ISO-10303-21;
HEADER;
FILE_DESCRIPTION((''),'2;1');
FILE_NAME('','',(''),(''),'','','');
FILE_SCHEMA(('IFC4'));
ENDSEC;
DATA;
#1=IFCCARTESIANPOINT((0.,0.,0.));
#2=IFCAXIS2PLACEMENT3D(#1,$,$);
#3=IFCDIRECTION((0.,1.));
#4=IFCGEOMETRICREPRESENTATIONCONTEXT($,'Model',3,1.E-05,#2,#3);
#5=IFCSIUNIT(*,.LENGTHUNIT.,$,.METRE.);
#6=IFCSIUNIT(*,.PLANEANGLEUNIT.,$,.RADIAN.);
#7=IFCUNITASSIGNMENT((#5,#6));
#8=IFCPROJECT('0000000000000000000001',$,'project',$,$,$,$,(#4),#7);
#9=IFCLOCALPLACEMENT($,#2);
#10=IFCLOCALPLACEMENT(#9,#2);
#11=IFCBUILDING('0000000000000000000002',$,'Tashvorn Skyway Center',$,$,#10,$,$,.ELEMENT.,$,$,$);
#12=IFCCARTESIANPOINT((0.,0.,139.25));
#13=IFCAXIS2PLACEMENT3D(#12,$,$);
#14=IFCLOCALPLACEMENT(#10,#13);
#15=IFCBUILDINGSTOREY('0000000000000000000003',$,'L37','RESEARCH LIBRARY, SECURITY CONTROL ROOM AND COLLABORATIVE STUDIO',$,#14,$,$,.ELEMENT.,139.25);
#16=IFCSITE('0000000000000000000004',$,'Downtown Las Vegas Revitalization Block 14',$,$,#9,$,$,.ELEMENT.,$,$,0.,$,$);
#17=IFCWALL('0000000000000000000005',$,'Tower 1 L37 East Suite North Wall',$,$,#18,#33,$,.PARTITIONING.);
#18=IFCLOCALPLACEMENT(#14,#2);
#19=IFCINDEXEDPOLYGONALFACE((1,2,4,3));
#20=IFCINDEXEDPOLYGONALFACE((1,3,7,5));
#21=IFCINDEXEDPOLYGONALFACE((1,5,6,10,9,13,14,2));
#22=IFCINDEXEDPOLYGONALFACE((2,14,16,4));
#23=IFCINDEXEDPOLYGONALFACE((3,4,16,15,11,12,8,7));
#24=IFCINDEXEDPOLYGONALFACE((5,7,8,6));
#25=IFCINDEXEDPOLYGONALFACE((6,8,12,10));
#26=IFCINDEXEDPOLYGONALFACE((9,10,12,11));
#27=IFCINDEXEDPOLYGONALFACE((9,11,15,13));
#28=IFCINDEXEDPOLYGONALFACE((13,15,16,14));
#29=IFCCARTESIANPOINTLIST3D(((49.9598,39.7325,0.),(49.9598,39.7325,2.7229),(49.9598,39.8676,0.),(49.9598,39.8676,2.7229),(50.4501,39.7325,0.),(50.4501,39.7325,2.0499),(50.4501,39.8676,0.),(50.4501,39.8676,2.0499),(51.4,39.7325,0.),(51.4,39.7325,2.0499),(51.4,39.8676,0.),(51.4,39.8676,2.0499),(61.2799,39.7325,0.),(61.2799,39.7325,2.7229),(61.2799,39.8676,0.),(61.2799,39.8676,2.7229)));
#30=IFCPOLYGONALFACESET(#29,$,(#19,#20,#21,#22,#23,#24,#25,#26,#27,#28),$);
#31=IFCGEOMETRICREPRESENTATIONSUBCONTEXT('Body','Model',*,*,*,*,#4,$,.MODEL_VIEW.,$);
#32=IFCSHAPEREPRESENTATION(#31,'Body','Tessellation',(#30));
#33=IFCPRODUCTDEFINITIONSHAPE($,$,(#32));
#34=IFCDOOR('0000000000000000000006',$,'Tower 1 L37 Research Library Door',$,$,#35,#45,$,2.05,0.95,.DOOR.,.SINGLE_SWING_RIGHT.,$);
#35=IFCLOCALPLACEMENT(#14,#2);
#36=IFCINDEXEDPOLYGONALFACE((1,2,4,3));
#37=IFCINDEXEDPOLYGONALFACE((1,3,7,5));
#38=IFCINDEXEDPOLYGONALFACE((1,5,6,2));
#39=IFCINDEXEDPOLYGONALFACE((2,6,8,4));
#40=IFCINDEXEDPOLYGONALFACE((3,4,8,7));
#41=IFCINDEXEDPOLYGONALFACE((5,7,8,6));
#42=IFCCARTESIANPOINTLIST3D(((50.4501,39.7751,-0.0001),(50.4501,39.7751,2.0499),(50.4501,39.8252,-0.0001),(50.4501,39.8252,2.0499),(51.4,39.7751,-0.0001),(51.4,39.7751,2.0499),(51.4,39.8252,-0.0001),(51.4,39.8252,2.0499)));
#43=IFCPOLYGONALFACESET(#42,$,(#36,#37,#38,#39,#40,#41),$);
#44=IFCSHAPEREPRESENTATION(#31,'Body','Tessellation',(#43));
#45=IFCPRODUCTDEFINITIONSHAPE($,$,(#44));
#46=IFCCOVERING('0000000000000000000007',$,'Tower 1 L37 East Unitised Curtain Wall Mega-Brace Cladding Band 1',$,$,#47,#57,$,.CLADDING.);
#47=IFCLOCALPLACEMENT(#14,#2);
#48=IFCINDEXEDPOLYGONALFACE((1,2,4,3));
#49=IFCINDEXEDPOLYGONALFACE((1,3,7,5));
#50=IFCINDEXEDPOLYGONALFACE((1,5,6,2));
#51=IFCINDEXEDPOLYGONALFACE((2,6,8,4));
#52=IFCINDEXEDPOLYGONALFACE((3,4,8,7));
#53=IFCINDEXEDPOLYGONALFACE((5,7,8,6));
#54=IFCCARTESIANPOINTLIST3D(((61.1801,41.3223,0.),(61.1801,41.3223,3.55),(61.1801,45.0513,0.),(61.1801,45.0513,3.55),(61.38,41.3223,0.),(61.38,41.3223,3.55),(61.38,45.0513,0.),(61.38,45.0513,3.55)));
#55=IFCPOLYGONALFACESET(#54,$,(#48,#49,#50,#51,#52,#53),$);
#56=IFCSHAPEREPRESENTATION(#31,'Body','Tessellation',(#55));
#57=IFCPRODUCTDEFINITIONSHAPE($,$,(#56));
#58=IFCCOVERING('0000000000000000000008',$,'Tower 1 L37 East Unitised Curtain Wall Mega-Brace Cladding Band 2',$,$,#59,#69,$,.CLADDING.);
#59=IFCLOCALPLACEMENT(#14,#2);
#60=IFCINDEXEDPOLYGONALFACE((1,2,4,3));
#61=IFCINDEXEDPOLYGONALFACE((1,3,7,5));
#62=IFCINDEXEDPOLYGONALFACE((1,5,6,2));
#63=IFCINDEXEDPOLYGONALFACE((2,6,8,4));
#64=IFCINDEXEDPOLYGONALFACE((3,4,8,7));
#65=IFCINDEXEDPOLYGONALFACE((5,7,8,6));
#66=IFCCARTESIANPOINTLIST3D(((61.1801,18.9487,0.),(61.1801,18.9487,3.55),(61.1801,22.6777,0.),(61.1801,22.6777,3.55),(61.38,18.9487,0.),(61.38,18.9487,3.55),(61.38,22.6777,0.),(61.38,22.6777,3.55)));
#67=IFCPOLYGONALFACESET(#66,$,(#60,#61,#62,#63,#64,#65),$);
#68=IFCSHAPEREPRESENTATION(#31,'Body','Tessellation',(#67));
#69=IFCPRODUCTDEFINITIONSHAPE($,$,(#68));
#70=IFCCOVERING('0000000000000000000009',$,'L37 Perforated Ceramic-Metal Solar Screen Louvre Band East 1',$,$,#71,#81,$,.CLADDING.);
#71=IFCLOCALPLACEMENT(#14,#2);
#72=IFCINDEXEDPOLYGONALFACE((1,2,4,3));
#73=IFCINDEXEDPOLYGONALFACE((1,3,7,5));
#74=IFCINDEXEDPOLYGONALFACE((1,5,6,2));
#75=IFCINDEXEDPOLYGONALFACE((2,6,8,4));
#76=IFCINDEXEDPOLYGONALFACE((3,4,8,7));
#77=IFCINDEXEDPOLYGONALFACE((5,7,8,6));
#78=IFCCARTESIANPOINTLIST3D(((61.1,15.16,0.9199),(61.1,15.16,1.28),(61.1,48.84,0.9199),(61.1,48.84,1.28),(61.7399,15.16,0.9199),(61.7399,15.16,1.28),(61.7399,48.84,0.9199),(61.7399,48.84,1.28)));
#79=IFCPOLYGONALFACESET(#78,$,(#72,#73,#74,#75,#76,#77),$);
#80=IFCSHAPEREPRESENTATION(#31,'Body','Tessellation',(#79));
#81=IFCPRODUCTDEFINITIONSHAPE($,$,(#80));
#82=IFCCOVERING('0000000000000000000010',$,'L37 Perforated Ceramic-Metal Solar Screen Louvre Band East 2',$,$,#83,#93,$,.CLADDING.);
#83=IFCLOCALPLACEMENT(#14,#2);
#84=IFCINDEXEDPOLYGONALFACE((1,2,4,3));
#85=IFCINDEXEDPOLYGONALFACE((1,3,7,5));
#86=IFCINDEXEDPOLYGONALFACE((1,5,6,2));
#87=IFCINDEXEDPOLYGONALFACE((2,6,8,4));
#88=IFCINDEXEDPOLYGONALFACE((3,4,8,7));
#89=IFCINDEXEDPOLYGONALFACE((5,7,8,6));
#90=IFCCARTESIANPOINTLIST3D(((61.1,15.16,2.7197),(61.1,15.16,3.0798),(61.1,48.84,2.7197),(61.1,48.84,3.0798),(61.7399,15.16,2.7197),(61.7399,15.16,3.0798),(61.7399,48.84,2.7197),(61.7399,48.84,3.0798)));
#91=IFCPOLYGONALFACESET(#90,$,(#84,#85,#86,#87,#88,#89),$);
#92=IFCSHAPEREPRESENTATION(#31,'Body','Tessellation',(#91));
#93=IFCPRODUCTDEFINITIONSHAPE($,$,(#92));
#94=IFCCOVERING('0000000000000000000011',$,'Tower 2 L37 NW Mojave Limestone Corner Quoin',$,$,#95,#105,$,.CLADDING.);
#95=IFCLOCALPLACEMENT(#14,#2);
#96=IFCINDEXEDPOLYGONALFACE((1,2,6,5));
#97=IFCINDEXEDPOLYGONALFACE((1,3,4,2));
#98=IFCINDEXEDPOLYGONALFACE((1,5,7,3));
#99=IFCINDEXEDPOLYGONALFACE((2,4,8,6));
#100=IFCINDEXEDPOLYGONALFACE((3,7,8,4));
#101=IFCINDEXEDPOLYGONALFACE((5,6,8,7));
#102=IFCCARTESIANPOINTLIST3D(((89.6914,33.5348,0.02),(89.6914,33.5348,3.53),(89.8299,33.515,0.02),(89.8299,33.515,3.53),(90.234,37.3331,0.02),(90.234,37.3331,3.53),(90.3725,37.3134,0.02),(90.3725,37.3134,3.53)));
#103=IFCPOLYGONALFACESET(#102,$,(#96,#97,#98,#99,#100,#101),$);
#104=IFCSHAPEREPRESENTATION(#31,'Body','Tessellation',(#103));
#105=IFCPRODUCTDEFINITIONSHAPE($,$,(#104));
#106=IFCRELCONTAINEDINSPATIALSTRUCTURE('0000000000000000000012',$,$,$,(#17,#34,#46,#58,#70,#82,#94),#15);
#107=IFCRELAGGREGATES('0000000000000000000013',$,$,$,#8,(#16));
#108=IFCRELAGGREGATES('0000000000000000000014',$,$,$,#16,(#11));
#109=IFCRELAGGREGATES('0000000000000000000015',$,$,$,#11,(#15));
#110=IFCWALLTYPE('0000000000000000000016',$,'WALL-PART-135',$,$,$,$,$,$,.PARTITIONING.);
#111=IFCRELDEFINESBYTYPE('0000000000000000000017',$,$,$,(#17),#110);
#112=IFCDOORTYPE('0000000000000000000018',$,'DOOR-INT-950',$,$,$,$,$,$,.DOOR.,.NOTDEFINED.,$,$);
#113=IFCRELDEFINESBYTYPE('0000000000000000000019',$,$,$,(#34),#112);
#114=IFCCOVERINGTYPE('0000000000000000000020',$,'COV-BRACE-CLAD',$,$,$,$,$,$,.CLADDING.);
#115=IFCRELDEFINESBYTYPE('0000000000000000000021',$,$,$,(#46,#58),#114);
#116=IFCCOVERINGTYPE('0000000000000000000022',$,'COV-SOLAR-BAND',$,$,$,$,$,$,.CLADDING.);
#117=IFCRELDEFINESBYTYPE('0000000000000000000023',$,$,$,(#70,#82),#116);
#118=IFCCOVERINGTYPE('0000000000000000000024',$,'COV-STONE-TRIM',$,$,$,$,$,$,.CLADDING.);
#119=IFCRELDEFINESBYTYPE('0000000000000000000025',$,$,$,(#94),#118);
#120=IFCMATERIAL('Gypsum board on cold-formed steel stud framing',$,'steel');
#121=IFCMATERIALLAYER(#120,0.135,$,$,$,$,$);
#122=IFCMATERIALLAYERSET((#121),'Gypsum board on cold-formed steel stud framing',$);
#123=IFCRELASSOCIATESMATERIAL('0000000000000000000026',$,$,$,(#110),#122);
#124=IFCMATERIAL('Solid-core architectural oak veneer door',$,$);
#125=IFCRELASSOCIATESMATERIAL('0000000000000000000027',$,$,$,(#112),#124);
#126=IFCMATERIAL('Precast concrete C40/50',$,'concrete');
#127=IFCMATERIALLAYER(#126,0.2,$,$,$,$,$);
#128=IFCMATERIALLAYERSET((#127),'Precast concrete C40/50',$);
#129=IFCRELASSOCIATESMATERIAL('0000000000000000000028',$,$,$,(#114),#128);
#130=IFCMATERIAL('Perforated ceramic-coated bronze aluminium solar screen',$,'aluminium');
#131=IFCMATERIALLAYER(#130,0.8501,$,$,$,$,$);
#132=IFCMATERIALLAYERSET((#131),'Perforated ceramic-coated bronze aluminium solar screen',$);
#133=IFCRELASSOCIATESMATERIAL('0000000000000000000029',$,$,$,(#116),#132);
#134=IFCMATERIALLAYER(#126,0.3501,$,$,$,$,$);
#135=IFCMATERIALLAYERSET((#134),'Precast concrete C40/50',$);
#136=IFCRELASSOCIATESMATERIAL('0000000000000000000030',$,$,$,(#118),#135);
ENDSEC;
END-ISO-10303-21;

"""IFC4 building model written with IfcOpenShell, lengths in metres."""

from ifc_helpers import new_model, si_unit, direction, frame, frame_2d, origin, origin_2d, place, context, subcontext, project, spatial, rectangle, extrude, material, layer, layer_set, type_object, element, fill, save


model = new_model("IFC4")

# Units and contexts
model_context = context("Model", 3, precision=1e-05, world=origin(), true_north=direction((0.0, 1.0)))
body_context = subcontext(model_context, "Body", "Model", "MODEL_VIEW")
ifc_project = project(units=[si_unit("LENGTHUNIT", "METRE"), si_unit("PLANEANGLEUNIT", "RADIAN")], contexts=[model_context])

# Site, building, storey
site_placement = place(None, origin())
site = spatial("IfcSite", under=ifc_project, at=site_placement, Name="Downtown Las Vegas Revitalization Block 14", CompositionType="ELEMENT", RefElevation=0.0)
building_placement = place(site_placement, origin())
building = spatial("IfcBuilding", under=site, at=building_placement, Name="Tashvorn Skyway Center", CompositionType="ELEMENT")
storey_placement = place(building_placement, frame((0.0, 0.0, 139.25)))
storey = spatial("IfcBuildingStorey", under=building, at=storey_placement, Name="L37", Description="RESEARCH LIBRARY, SECURITY CONTROL ROOM AND COLLABORATIVE STUDIO", CompositionType="ELEMENT", Elevation=139.25)

# Shared definitions
ifc_material_1 = material(Name="Precast concrete C40/50", Category="concrete")

# Wall, opening, door
ifc_material_2 = material(Name="Gypsum board on cold-formed steel stud framing", Category="steel")
ifc_layer_1 = layer(ifc_material_2, 0.135)
ifc_layer_set_1 = layer_set([ifc_layer_1], Name="Gypsum board on cold-formed steel stud framing")
wall_type_1 = type_object("IfcWallType", Name="WALL-PART-135", PredefinedType="PARTITIONING", material=ifc_layer_set_1)
wall_1_placement = place(storey_placement, frame((61.28, 39.8, 0.0), z_axis=(0.0, 0.0, 1.0), x_axis=(-1.0, 0.0, 0.0)))
wall_1 = element("IfcWall", 1, at=wall_1_placement, inside=storey, type_object=wall_type_1, Name="Tower 1 L37 East Suite North Wall", PredefinedType="PARTITIONING", context=body_context, shape_type="SweptSolid", body=[
    extrude(rectangle(XDim=11.3201, YDim=0.135, at=frame_2d((5.6602, 0.0))), origin(), (0.0, 0.0, 1.0), 2.7229),
])
opening_placement = place(wall_1_placement, frame((9.8799, 0.0, 0.0)))
opening = element("IfcOpeningElement", 2, at=opening_placement, cuts=wall_1, PredefinedType="OPENING", context=body_context, shape_type="SweptSolid", body=[
    extrude(rectangle(XDim=0.95, YDim=2.05, at=frame_2d((0.4751, 1.0249))), frame((0.0, 0.0774, 0.0), z_axis=(0.0, -1.0, 0.0), x_axis=(1.0, 0.0, 0.0)), (0.0, 0.0, 1.0), 0.155),
])
ifc_material_3 = material(Name="Solid-core architectural oak veneer door")
door_type = type_object("IfcDoorType", Name="DOOR-INT-950", OperationType="NOTDEFINED", PredefinedType="DOOR", material=ifc_material_3)
door_placement = place(opening_placement, origin())
door = element("IfcDoor", 3, at=door_placement, inside=storey, type_object=door_type, Name="Tower 1 L37 Research Library Door", OperationType="SINGLE_SWING_RIGHT", OverallHeight=2.05, OverallWidth=0.95, PredefinedType="DOOR", context=body_context, shape_type="SweptSolid", body=[
    extrude(rectangle(XDim=0.95, YDim=2.05, at=frame_2d((0.4751, 1.0249))), frame((0.0, 0.0249, 0.0), z_axis=(0.0, -1.0, 0.0), x_axis=(1.0, 0.0, 0.0)), (0.0, 0.0, 1.0), 0.05),
])
fill(opening, door)

# Coverings
ifc_layer_2 = layer(ifc_material_1, 0.2)
ifc_layer_set_2 = layer_set([ifc_layer_2], Name="Precast concrete C40/50")
covering_type_1 = type_object("IfcCoveringType", Name="COV-BRACE-CLAD", PredefinedType="CLADDING", material=ifc_layer_set_2)
for number, where, z_axis, x_axis, name in (
    (4, (61.28, 43.1868, 0.0), (0.0, 0.0, 1.0), (0.0, -1.0, 0.0), "Tower 1 L37 East Unitised Curtain Wall Mega-Brace Cladding Band 1"),
    (5, (61.28, 20.8132, 0.0), (0.0, 0.0, 1.0), (0.0, -1.0, 0.0), "Tower 1 L37 East Unitised Curtain Wall Mega-Brace Cladding Band 2"),
):
    element("IfcCovering", number, at=place(storey_placement, frame(where, z_axis=z_axis, x_axis=x_axis)), inside=storey, type_object=covering_type_1, Name=name, PredefinedType="CLADDING", context=body_context, shape_type="SweptSolid", body=[
        extrude(rectangle(XDim=3.729, YDim=0.2, at=origin_2d()), origin(), (0.0, 0.0, 1.0), 3.55),
    ])
ifc_material_4 = material(Name="Perforated ceramic-coated bronze aluminium solar screen", Category="aluminium")
ifc_layer_3 = layer(ifc_material_4, 0.8501)
ifc_layer_set_3 = layer_set([ifc_layer_3], Name="Perforated ceramic-coated bronze aluminium solar screen")
covering_type_2 = type_object("IfcCoveringType", Name="COV-SOLAR-BAND", PredefinedType="CLADDING", material=ifc_layer_set_3)
for number, where, z_axis, x_axis, name in (
    (6, (61.4199, 32.0, 0.9199), (0.0, 0.0, 1.0), (0.0, -1.0, 0.0), "L37 Perforated Ceramic-Metal Solar Screen Louvre Band East 1"),
    (7, (61.4199, 32.0, 2.7197), (0.0, 0.0, 1.0), (0.0, -1.0, 0.0), "L37 Perforated Ceramic-Metal Solar Screen Louvre Band East 2"),
):
    element("IfcCovering", number, at=place(storey_placement, frame(where, z_axis=z_axis, x_axis=x_axis)), inside=storey, type_object=covering_type_2, Name=name, PredefinedType="CLADDING", context=body_context, shape_type="SweptSolid", body=[
        extrude(rectangle(XDim=33.6799, YDim=0.6399, at=origin_2d()), origin(), (0.0, 0.0, 1.0), 0.3601),
    ])
ifc_layer_4 = layer(ifc_material_1, 0.3501)
ifc_layer_set_4 = layer_set([ifc_layer_4], Name="Precast concrete C40/50")
covering_type_3 = type_object("IfcCoveringType", Name="COV-STONE-TRIM", PredefinedType="CLADDING", material=ifc_layer_set_4)
covering_placement = place(storey_placement, frame((90.032, 35.4241, 0.02), z_axis=(0.0, 0.0, 1.0), x_axis=(-0.141421, -0.989949, 0.0)))
element("IfcCovering", 8, at=covering_placement, inside=storey, type_object=covering_type_3, Name="Tower 2 L37 NW Mojave Limestone Corner Quoin", PredefinedType="CLADDING", context=body_context, shape_type="SweptSolid", body=[
    extrude(rectangle(XDim=3.8369, YDim=0.1399, at=origin_2d()), origin(), (0.0, 0.0, 1.0), 3.51),
])

save(model, "model.ifc")
